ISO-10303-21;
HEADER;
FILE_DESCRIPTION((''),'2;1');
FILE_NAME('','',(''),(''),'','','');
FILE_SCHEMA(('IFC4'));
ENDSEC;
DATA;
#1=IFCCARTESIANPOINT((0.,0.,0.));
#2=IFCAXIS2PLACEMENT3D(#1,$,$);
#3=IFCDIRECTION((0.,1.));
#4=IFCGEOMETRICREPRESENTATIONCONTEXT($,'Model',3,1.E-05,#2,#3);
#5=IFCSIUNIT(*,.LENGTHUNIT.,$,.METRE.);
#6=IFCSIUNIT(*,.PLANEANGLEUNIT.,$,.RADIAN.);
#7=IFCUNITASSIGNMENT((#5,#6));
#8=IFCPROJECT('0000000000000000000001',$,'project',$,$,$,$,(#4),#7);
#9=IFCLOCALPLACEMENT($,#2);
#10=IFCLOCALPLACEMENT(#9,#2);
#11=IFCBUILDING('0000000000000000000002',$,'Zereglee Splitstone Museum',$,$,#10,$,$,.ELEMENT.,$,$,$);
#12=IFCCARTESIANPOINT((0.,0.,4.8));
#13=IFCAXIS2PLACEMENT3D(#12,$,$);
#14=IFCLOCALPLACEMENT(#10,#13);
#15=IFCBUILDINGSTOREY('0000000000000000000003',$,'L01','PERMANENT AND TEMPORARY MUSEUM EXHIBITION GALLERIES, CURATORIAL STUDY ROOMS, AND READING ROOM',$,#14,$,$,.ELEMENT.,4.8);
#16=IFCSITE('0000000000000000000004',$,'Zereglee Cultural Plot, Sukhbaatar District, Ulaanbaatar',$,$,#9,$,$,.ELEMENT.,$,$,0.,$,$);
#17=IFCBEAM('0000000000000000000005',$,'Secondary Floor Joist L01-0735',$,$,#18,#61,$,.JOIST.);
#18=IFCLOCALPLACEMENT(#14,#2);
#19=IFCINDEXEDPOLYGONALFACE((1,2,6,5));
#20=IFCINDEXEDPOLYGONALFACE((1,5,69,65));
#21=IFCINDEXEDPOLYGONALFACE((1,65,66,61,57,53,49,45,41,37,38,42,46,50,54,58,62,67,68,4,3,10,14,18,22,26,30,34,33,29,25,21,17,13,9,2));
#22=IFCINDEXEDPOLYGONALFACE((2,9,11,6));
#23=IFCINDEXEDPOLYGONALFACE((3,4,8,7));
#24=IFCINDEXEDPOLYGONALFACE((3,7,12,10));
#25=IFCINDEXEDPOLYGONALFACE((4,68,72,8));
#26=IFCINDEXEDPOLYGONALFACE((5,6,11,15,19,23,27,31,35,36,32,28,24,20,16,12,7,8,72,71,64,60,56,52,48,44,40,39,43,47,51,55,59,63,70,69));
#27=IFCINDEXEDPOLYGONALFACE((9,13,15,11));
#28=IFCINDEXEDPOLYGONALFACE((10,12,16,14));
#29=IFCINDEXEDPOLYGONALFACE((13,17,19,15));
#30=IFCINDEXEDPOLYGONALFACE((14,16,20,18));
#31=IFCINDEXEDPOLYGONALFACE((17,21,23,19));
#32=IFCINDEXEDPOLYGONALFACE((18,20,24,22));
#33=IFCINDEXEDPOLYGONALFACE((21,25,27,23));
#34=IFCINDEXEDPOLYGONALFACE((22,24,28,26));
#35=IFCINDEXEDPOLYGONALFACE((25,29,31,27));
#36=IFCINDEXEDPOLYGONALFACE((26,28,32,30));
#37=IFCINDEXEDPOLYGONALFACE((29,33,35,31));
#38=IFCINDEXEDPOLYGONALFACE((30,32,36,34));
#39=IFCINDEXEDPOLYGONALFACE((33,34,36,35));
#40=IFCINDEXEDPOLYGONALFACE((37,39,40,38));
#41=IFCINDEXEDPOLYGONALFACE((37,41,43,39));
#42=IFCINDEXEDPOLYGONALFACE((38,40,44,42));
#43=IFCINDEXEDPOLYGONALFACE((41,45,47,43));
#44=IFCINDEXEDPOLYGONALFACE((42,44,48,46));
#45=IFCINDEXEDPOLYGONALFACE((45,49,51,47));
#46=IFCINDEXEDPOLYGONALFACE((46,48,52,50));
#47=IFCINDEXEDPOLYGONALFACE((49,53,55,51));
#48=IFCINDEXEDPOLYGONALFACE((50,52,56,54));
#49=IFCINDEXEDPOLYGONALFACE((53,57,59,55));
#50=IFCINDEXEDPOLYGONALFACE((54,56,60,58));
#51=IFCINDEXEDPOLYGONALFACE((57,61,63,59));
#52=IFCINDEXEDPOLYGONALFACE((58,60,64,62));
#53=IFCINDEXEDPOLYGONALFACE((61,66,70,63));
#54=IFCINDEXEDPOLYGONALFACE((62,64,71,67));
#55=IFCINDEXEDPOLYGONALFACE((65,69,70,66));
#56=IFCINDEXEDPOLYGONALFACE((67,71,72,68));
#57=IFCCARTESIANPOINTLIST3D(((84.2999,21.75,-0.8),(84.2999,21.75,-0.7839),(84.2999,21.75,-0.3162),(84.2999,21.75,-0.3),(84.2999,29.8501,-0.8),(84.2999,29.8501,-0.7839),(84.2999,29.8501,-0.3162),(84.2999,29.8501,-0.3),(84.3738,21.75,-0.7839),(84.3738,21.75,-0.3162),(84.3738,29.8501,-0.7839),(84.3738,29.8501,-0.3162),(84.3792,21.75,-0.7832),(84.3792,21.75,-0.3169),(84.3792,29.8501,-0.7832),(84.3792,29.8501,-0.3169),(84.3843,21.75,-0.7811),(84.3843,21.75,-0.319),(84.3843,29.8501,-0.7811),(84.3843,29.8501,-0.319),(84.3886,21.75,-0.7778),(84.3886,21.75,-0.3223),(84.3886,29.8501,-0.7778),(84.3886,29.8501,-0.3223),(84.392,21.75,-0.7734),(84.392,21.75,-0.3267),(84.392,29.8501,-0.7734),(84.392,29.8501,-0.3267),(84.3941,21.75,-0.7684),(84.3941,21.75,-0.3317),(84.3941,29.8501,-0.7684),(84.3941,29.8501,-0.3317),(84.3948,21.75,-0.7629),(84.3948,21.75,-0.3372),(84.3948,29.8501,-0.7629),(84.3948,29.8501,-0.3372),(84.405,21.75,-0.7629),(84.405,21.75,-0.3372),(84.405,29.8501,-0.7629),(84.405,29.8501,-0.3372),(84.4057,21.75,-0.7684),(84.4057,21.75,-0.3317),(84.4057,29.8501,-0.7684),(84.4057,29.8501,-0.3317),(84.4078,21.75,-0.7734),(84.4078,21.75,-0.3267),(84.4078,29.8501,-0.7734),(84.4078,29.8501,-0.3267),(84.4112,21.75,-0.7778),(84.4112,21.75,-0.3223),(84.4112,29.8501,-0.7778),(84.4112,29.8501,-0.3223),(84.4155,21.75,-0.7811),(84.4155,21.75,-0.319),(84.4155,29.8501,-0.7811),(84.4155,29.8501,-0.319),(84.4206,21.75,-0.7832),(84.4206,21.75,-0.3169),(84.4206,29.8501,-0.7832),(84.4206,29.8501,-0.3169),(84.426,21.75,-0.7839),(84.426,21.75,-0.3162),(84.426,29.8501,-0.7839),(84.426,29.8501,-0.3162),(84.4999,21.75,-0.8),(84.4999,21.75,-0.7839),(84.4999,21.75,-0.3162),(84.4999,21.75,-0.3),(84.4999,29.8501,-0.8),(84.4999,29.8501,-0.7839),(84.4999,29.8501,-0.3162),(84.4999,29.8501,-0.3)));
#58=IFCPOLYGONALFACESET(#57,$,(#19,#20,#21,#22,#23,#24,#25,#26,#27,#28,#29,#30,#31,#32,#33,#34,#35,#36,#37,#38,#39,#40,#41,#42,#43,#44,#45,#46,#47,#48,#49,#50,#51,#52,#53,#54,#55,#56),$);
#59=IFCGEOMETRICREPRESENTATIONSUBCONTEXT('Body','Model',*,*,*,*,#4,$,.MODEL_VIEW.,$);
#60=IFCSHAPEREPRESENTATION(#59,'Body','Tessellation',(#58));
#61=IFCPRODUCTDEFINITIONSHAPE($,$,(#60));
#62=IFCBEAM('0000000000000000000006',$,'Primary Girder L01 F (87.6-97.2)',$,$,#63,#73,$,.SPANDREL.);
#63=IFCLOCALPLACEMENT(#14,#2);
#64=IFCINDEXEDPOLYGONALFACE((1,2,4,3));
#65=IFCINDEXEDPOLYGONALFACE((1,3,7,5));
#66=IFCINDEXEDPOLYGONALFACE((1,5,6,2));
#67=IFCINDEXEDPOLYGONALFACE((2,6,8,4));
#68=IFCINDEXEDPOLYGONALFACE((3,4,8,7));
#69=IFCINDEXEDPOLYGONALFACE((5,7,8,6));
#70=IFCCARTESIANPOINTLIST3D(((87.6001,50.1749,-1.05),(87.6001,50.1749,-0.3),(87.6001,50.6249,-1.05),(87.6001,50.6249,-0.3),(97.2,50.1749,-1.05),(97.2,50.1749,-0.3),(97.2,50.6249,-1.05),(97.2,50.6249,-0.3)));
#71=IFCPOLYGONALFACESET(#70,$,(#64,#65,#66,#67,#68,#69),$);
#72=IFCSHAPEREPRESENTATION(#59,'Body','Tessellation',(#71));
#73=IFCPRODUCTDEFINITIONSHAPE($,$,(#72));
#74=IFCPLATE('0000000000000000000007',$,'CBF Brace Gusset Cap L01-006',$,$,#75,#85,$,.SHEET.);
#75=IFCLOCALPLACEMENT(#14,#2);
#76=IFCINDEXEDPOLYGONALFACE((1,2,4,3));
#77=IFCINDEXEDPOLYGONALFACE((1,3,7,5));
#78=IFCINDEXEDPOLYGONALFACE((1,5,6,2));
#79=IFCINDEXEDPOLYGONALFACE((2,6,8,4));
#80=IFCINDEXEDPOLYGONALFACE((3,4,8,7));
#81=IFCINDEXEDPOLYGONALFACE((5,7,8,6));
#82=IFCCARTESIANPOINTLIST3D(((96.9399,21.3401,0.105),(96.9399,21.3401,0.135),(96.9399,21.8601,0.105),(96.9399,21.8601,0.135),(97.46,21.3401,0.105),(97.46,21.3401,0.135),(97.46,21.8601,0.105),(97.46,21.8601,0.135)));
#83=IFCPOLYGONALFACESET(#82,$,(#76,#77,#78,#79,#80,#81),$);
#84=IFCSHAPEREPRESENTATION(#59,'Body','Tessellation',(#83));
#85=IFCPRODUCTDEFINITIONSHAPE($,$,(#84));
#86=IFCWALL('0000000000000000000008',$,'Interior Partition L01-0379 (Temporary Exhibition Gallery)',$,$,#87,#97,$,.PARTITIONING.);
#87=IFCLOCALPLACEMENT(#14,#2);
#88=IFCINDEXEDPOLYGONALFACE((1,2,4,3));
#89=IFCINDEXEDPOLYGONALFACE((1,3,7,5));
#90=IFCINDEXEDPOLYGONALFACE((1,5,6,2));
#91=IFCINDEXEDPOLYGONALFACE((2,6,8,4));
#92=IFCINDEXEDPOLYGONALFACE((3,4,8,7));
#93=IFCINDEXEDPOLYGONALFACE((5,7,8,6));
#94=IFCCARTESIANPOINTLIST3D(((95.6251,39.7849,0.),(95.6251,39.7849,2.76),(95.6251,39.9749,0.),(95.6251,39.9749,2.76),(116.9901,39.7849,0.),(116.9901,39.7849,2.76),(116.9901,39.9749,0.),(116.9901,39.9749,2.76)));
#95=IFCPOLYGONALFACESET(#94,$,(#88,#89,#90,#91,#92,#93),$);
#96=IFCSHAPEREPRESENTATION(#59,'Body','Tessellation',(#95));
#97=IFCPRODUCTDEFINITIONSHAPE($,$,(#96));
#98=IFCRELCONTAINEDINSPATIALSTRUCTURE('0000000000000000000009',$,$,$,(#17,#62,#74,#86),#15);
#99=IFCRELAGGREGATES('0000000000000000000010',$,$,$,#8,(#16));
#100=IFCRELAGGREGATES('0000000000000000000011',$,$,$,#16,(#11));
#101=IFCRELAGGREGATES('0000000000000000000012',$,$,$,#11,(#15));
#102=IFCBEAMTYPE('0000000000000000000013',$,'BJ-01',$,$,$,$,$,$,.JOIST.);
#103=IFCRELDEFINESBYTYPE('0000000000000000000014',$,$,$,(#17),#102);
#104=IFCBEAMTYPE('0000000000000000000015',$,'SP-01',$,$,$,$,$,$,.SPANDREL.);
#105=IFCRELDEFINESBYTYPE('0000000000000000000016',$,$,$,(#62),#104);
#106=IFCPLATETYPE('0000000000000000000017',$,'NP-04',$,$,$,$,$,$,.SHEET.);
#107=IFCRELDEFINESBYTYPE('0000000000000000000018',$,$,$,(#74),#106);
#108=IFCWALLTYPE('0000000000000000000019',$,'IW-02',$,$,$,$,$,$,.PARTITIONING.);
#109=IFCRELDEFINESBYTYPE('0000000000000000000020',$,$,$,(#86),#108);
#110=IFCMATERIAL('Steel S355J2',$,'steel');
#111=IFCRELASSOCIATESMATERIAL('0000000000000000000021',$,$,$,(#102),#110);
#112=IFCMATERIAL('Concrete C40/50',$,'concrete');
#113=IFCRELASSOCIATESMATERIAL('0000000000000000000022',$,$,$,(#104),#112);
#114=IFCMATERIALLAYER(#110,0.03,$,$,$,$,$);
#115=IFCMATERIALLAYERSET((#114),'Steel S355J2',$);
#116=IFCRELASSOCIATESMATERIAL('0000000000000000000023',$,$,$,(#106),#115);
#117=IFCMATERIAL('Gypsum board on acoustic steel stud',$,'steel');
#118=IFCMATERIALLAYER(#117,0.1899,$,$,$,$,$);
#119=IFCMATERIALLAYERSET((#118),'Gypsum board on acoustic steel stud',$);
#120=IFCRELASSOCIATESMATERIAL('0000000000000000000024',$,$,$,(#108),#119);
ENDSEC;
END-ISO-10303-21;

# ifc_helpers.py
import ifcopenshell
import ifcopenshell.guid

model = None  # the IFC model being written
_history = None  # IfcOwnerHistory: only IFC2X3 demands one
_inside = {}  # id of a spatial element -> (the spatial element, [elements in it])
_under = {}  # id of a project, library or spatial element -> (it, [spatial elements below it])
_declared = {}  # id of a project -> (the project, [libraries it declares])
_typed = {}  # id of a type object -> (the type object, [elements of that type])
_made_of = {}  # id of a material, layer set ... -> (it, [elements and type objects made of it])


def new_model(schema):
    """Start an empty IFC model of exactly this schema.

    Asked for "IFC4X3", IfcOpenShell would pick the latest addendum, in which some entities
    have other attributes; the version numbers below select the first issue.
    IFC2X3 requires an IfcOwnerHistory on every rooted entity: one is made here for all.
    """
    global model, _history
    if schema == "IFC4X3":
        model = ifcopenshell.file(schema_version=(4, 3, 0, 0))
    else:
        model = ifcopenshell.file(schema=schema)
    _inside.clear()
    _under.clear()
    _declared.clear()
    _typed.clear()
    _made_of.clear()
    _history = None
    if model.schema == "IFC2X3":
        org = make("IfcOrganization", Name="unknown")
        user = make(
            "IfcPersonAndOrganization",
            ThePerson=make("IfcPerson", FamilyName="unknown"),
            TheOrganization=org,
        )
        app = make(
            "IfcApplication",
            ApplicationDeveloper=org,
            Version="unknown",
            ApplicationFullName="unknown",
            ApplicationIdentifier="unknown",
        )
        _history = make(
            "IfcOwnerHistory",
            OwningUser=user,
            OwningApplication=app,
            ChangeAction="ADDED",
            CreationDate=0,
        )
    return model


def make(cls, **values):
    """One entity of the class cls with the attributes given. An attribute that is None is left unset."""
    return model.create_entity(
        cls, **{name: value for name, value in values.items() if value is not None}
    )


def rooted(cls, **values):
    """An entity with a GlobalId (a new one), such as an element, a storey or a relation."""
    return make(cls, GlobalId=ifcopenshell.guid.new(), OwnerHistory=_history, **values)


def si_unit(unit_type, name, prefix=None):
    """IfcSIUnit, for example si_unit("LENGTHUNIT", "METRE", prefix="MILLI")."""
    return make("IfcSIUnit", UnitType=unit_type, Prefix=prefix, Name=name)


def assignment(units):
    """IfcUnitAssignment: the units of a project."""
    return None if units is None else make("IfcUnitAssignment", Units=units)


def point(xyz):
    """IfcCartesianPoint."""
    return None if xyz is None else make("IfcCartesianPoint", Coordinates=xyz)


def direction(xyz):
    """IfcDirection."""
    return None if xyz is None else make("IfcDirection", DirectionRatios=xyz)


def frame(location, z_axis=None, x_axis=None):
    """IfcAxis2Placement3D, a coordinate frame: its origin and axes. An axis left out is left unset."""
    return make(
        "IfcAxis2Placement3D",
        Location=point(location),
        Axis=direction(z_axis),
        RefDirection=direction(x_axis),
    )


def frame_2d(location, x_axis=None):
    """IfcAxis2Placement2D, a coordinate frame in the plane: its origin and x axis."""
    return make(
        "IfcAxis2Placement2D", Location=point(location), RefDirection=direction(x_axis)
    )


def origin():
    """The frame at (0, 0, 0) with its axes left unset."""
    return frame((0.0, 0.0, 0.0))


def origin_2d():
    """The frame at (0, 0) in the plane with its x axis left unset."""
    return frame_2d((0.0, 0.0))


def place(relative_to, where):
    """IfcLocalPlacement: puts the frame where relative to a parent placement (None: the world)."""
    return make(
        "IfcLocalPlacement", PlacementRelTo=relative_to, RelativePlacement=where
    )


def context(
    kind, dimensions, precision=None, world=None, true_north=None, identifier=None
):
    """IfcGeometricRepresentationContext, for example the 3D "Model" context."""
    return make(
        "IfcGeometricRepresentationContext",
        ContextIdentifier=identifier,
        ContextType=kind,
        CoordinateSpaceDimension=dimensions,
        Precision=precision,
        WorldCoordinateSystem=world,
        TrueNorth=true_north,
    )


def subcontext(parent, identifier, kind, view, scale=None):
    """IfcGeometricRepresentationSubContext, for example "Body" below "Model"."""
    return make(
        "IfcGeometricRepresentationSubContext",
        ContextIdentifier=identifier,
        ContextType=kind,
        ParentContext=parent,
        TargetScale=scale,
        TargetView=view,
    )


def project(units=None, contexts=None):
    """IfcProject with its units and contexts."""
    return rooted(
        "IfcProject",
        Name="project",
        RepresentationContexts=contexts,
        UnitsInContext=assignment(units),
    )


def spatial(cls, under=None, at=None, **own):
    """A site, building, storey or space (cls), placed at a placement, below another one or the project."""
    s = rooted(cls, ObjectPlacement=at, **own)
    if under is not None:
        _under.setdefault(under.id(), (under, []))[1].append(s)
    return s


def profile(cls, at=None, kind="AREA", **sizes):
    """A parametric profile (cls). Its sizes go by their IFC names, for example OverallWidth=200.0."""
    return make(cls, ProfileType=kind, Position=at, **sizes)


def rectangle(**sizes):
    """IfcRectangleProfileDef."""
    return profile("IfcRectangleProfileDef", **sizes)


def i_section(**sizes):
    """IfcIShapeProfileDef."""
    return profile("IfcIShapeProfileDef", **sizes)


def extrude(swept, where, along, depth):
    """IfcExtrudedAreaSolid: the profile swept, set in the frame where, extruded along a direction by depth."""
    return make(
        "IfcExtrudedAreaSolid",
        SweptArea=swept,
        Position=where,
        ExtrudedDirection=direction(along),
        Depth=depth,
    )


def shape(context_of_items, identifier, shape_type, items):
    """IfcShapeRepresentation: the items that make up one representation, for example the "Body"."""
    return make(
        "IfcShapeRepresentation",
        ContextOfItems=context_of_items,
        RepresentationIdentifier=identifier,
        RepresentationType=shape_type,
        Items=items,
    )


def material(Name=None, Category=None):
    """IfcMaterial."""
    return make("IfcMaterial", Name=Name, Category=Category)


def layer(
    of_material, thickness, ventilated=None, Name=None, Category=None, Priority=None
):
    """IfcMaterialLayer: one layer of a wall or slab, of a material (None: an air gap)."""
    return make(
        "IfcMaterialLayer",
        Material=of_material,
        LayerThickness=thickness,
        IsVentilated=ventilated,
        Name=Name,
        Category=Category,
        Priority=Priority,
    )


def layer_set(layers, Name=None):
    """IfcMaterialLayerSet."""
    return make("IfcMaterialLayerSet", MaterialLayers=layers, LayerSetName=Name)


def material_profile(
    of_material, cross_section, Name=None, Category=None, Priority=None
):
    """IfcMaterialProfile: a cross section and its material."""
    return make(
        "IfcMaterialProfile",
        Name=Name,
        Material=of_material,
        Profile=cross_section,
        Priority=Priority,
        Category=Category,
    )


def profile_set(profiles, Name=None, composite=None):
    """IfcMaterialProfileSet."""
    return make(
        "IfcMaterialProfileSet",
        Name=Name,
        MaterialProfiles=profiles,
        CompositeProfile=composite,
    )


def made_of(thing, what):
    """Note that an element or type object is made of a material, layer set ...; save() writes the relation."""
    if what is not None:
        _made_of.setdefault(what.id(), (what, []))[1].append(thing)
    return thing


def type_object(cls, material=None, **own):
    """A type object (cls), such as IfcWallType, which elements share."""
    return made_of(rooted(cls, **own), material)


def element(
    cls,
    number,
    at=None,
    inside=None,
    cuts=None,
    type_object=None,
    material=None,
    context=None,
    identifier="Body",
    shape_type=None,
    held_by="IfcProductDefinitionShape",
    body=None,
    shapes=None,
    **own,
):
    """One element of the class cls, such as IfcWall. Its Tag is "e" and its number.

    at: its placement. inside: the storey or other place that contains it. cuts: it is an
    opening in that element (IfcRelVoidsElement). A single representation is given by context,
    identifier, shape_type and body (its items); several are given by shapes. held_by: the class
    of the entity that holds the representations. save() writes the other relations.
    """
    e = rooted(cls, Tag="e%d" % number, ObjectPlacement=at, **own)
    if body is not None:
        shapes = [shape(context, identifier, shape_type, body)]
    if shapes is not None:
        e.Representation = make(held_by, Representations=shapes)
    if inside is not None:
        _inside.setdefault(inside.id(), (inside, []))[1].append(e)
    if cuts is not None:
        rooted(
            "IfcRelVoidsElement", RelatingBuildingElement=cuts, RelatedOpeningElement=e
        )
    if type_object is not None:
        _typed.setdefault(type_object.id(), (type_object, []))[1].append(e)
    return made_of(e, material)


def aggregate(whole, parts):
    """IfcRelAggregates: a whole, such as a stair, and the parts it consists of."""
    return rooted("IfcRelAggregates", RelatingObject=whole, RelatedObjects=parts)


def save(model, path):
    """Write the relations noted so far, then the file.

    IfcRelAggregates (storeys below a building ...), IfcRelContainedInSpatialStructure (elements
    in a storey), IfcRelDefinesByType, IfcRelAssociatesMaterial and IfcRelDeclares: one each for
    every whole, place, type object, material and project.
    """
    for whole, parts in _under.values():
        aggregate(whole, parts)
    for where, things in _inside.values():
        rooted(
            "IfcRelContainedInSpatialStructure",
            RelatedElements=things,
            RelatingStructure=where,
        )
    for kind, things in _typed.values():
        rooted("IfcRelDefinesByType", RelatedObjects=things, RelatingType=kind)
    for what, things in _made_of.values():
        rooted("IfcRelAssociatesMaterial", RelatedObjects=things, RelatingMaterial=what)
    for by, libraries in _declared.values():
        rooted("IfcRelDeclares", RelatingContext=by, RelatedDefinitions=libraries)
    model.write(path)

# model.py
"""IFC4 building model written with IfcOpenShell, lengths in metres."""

from ifc_helpers import new_model, si_unit, direction, frame, frame_2d, origin, origin_2d, place, context, subcontext, project, spatial, rectangle, i_section, extrude, material, layer, layer_set, material_profile, profile_set, type_object, element, save


model = new_model("IFC4")

# Units and contexts
model_context = context("Model", 3, precision=1e-05, world=origin(), true_north=direction((0.0, 1.0)))
body_context = subcontext(model_context, "Body", "Model", "MODEL_VIEW")
ifc_project = project(units=[si_unit("LENGTHUNIT", "METRE"), si_unit("PLANEANGLEUNIT", "RADIAN")], contexts=[model_context])

# Site, building, storey
site_placement = place(None, origin())
site = spatial("IfcSite", under=ifc_project, at=site_placement, Name="Zereglee Cultural Plot, Sukhbaatar District, Ulaanbaatar", CompositionType="ELEMENT", RefElevation=0.0)
building_placement = place(site_placement, origin())
building = spatial("IfcBuilding", under=site, at=building_placement, Name="Zereglee Splitstone Museum", CompositionType="ELEMENT")
storey_placement = place(building_placement, frame((0.0, 0.0, 4.8)))
storey = spatial("IfcBuildingStorey", under=building, at=storey_placement, Name="L01", Description="PERMANENT AND TEMPORARY MUSEUM EXHIBITION GALLERIES, CURATORIAL STUDY ROOMS, AND READING ROOM", CompositionType="ELEMENT", Elevation=4.8)

# Shared definitions
ifc_material_1 = material(Name="Steel S355J2", Category="steel")

# Beams
ifc_material_2 = material(Name="Concrete C40/50", Category="concrete")
ifc_material_profile_1 = material_profile(ifc_material_1, i_section(OverallWidth=0.2, OverallDepth=0.5, WebThickness=0.0103, FlangeThickness=0.0161, FilletRadius=0.021, at=origin_2d()), Name="IPE 500")
ifc_profile_set_1 = profile_set([ifc_material_profile_1], Name="Steel S355J2")
beam_type_1 = type_object("IfcBeamType", Name="BJ-01", PredefinedType="JOIST", material=ifc_profile_set_1)
beam_1_placement = place(storey_placement, frame((84.3999, 21.75, -0.55), z_axis=(0.0, 1.0, 0.0), x_axis=(-1.0, 0.0, 0.0)))
element("IfcBeam", 1, at=beam_1_placement, inside=storey, type_object=beam_type_1, Name="Secondary Floor Joist L01-0735", PredefinedType="JOIST", context=body_context, shape_type="SweptSolid", body=[
    extrude(i_section(OverallWidth=0.2, OverallDepth=0.5, WebThickness=0.0103, FlangeThickness=0.0161, FilletRadius=0.021, at=origin_2d()), origin(), (0.0, 0.0, 1.0), 8.1001),
])
ifc_material_profile_2 = material_profile(ifc_material_2, rectangle(XDim=0.45, YDim=0.75, at=origin_2d()), Name="RC 450x750")
ifc_profile_set_2 = profile_set([ifc_material_profile_2], Name="Concrete C40/50")
beam_type_2 = type_object("IfcBeamType", Name="SP-01", PredefinedType="SPANDREL", material=ifc_profile_set_2)
beam_2_placement = place(storey_placement, frame((87.6001, 50.3999, -0.675), z_axis=(1.0, 0.0, 0.0), x_axis=(0.0, 1.0, 0.0)))
element("IfcBeam", 2, at=beam_2_placement, inside=storey, type_object=beam_type_2, Name="Primary Girder L01 F (87.6-97.2)", PredefinedType="SPANDREL", context=body_context, shape_type="SweptSolid", body=[
    extrude(rectangle(XDim=0.45, YDim=0.75, at=origin_2d()), origin(), (0.0, 0.0, 1.0), 9.5999),
])

# Plate
ifc_layer_1 = layer(ifc_material_1, 0.03)
ifc_layer_set_1 = layer_set([ifc_layer_1], Name="Steel S355J2")
plate_type = type_object("IfcPlateType", Name="NP-04", PredefinedType="SHEET", material=ifc_layer_set_1)
plate_placement = place(storey_placement, frame((97.2, 21.6001, 0.105), z_axis=(0.0, 0.0, 1.0), x_axis=(1.0, 0.0, 0.0)))
element("IfcPlate", 3, at=plate_placement, inside=storey, type_object=plate_type, Name="CBF Brace Gusset Cap L01-006", PredefinedType="SHEET", context=body_context, shape_type="SweptSolid", body=[
    extrude(rectangle(XDim=0.52, YDim=0.52, at=origin_2d()), origin(), (0.0, 0.0, 1.0), 0.03),
])

# Wall
ifc_material_3 = material(Name="Gypsum board on acoustic steel stud", Category="steel")
ifc_layer_2 = layer(ifc_material_3, 0.1899)
ifc_layer_set_2 = layer_set([ifc_layer_2], Name="Gypsum board on acoustic steel stud")
wall_type = type_object("IfcWallType", Name="IW-02", PredefinedType="PARTITIONING", material=ifc_layer_set_2)
wall_placement = place(storey_placement, frame((95.625, 39.8799, 0.0), z_axis=(0.0, 0.0, 1.0), x_axis=(1.0, 0.0, 0.0)))
element("IfcWall", 4, at=wall_placement, inside=storey, type_object=wall_type, Name="Interior Partition L01-0379 (Temporary Exhibition Gallery)", PredefinedType="PARTITIONING", context=body_context, shape_type="SweptSolid", body=[
    extrude(rectangle(XDim=21.365, YDim=0.1899, at=frame_2d((10.6826, 0.0))), origin(), (0.0, 0.0, 1.0), 2.76),
])

save(model, "model.ifc")
